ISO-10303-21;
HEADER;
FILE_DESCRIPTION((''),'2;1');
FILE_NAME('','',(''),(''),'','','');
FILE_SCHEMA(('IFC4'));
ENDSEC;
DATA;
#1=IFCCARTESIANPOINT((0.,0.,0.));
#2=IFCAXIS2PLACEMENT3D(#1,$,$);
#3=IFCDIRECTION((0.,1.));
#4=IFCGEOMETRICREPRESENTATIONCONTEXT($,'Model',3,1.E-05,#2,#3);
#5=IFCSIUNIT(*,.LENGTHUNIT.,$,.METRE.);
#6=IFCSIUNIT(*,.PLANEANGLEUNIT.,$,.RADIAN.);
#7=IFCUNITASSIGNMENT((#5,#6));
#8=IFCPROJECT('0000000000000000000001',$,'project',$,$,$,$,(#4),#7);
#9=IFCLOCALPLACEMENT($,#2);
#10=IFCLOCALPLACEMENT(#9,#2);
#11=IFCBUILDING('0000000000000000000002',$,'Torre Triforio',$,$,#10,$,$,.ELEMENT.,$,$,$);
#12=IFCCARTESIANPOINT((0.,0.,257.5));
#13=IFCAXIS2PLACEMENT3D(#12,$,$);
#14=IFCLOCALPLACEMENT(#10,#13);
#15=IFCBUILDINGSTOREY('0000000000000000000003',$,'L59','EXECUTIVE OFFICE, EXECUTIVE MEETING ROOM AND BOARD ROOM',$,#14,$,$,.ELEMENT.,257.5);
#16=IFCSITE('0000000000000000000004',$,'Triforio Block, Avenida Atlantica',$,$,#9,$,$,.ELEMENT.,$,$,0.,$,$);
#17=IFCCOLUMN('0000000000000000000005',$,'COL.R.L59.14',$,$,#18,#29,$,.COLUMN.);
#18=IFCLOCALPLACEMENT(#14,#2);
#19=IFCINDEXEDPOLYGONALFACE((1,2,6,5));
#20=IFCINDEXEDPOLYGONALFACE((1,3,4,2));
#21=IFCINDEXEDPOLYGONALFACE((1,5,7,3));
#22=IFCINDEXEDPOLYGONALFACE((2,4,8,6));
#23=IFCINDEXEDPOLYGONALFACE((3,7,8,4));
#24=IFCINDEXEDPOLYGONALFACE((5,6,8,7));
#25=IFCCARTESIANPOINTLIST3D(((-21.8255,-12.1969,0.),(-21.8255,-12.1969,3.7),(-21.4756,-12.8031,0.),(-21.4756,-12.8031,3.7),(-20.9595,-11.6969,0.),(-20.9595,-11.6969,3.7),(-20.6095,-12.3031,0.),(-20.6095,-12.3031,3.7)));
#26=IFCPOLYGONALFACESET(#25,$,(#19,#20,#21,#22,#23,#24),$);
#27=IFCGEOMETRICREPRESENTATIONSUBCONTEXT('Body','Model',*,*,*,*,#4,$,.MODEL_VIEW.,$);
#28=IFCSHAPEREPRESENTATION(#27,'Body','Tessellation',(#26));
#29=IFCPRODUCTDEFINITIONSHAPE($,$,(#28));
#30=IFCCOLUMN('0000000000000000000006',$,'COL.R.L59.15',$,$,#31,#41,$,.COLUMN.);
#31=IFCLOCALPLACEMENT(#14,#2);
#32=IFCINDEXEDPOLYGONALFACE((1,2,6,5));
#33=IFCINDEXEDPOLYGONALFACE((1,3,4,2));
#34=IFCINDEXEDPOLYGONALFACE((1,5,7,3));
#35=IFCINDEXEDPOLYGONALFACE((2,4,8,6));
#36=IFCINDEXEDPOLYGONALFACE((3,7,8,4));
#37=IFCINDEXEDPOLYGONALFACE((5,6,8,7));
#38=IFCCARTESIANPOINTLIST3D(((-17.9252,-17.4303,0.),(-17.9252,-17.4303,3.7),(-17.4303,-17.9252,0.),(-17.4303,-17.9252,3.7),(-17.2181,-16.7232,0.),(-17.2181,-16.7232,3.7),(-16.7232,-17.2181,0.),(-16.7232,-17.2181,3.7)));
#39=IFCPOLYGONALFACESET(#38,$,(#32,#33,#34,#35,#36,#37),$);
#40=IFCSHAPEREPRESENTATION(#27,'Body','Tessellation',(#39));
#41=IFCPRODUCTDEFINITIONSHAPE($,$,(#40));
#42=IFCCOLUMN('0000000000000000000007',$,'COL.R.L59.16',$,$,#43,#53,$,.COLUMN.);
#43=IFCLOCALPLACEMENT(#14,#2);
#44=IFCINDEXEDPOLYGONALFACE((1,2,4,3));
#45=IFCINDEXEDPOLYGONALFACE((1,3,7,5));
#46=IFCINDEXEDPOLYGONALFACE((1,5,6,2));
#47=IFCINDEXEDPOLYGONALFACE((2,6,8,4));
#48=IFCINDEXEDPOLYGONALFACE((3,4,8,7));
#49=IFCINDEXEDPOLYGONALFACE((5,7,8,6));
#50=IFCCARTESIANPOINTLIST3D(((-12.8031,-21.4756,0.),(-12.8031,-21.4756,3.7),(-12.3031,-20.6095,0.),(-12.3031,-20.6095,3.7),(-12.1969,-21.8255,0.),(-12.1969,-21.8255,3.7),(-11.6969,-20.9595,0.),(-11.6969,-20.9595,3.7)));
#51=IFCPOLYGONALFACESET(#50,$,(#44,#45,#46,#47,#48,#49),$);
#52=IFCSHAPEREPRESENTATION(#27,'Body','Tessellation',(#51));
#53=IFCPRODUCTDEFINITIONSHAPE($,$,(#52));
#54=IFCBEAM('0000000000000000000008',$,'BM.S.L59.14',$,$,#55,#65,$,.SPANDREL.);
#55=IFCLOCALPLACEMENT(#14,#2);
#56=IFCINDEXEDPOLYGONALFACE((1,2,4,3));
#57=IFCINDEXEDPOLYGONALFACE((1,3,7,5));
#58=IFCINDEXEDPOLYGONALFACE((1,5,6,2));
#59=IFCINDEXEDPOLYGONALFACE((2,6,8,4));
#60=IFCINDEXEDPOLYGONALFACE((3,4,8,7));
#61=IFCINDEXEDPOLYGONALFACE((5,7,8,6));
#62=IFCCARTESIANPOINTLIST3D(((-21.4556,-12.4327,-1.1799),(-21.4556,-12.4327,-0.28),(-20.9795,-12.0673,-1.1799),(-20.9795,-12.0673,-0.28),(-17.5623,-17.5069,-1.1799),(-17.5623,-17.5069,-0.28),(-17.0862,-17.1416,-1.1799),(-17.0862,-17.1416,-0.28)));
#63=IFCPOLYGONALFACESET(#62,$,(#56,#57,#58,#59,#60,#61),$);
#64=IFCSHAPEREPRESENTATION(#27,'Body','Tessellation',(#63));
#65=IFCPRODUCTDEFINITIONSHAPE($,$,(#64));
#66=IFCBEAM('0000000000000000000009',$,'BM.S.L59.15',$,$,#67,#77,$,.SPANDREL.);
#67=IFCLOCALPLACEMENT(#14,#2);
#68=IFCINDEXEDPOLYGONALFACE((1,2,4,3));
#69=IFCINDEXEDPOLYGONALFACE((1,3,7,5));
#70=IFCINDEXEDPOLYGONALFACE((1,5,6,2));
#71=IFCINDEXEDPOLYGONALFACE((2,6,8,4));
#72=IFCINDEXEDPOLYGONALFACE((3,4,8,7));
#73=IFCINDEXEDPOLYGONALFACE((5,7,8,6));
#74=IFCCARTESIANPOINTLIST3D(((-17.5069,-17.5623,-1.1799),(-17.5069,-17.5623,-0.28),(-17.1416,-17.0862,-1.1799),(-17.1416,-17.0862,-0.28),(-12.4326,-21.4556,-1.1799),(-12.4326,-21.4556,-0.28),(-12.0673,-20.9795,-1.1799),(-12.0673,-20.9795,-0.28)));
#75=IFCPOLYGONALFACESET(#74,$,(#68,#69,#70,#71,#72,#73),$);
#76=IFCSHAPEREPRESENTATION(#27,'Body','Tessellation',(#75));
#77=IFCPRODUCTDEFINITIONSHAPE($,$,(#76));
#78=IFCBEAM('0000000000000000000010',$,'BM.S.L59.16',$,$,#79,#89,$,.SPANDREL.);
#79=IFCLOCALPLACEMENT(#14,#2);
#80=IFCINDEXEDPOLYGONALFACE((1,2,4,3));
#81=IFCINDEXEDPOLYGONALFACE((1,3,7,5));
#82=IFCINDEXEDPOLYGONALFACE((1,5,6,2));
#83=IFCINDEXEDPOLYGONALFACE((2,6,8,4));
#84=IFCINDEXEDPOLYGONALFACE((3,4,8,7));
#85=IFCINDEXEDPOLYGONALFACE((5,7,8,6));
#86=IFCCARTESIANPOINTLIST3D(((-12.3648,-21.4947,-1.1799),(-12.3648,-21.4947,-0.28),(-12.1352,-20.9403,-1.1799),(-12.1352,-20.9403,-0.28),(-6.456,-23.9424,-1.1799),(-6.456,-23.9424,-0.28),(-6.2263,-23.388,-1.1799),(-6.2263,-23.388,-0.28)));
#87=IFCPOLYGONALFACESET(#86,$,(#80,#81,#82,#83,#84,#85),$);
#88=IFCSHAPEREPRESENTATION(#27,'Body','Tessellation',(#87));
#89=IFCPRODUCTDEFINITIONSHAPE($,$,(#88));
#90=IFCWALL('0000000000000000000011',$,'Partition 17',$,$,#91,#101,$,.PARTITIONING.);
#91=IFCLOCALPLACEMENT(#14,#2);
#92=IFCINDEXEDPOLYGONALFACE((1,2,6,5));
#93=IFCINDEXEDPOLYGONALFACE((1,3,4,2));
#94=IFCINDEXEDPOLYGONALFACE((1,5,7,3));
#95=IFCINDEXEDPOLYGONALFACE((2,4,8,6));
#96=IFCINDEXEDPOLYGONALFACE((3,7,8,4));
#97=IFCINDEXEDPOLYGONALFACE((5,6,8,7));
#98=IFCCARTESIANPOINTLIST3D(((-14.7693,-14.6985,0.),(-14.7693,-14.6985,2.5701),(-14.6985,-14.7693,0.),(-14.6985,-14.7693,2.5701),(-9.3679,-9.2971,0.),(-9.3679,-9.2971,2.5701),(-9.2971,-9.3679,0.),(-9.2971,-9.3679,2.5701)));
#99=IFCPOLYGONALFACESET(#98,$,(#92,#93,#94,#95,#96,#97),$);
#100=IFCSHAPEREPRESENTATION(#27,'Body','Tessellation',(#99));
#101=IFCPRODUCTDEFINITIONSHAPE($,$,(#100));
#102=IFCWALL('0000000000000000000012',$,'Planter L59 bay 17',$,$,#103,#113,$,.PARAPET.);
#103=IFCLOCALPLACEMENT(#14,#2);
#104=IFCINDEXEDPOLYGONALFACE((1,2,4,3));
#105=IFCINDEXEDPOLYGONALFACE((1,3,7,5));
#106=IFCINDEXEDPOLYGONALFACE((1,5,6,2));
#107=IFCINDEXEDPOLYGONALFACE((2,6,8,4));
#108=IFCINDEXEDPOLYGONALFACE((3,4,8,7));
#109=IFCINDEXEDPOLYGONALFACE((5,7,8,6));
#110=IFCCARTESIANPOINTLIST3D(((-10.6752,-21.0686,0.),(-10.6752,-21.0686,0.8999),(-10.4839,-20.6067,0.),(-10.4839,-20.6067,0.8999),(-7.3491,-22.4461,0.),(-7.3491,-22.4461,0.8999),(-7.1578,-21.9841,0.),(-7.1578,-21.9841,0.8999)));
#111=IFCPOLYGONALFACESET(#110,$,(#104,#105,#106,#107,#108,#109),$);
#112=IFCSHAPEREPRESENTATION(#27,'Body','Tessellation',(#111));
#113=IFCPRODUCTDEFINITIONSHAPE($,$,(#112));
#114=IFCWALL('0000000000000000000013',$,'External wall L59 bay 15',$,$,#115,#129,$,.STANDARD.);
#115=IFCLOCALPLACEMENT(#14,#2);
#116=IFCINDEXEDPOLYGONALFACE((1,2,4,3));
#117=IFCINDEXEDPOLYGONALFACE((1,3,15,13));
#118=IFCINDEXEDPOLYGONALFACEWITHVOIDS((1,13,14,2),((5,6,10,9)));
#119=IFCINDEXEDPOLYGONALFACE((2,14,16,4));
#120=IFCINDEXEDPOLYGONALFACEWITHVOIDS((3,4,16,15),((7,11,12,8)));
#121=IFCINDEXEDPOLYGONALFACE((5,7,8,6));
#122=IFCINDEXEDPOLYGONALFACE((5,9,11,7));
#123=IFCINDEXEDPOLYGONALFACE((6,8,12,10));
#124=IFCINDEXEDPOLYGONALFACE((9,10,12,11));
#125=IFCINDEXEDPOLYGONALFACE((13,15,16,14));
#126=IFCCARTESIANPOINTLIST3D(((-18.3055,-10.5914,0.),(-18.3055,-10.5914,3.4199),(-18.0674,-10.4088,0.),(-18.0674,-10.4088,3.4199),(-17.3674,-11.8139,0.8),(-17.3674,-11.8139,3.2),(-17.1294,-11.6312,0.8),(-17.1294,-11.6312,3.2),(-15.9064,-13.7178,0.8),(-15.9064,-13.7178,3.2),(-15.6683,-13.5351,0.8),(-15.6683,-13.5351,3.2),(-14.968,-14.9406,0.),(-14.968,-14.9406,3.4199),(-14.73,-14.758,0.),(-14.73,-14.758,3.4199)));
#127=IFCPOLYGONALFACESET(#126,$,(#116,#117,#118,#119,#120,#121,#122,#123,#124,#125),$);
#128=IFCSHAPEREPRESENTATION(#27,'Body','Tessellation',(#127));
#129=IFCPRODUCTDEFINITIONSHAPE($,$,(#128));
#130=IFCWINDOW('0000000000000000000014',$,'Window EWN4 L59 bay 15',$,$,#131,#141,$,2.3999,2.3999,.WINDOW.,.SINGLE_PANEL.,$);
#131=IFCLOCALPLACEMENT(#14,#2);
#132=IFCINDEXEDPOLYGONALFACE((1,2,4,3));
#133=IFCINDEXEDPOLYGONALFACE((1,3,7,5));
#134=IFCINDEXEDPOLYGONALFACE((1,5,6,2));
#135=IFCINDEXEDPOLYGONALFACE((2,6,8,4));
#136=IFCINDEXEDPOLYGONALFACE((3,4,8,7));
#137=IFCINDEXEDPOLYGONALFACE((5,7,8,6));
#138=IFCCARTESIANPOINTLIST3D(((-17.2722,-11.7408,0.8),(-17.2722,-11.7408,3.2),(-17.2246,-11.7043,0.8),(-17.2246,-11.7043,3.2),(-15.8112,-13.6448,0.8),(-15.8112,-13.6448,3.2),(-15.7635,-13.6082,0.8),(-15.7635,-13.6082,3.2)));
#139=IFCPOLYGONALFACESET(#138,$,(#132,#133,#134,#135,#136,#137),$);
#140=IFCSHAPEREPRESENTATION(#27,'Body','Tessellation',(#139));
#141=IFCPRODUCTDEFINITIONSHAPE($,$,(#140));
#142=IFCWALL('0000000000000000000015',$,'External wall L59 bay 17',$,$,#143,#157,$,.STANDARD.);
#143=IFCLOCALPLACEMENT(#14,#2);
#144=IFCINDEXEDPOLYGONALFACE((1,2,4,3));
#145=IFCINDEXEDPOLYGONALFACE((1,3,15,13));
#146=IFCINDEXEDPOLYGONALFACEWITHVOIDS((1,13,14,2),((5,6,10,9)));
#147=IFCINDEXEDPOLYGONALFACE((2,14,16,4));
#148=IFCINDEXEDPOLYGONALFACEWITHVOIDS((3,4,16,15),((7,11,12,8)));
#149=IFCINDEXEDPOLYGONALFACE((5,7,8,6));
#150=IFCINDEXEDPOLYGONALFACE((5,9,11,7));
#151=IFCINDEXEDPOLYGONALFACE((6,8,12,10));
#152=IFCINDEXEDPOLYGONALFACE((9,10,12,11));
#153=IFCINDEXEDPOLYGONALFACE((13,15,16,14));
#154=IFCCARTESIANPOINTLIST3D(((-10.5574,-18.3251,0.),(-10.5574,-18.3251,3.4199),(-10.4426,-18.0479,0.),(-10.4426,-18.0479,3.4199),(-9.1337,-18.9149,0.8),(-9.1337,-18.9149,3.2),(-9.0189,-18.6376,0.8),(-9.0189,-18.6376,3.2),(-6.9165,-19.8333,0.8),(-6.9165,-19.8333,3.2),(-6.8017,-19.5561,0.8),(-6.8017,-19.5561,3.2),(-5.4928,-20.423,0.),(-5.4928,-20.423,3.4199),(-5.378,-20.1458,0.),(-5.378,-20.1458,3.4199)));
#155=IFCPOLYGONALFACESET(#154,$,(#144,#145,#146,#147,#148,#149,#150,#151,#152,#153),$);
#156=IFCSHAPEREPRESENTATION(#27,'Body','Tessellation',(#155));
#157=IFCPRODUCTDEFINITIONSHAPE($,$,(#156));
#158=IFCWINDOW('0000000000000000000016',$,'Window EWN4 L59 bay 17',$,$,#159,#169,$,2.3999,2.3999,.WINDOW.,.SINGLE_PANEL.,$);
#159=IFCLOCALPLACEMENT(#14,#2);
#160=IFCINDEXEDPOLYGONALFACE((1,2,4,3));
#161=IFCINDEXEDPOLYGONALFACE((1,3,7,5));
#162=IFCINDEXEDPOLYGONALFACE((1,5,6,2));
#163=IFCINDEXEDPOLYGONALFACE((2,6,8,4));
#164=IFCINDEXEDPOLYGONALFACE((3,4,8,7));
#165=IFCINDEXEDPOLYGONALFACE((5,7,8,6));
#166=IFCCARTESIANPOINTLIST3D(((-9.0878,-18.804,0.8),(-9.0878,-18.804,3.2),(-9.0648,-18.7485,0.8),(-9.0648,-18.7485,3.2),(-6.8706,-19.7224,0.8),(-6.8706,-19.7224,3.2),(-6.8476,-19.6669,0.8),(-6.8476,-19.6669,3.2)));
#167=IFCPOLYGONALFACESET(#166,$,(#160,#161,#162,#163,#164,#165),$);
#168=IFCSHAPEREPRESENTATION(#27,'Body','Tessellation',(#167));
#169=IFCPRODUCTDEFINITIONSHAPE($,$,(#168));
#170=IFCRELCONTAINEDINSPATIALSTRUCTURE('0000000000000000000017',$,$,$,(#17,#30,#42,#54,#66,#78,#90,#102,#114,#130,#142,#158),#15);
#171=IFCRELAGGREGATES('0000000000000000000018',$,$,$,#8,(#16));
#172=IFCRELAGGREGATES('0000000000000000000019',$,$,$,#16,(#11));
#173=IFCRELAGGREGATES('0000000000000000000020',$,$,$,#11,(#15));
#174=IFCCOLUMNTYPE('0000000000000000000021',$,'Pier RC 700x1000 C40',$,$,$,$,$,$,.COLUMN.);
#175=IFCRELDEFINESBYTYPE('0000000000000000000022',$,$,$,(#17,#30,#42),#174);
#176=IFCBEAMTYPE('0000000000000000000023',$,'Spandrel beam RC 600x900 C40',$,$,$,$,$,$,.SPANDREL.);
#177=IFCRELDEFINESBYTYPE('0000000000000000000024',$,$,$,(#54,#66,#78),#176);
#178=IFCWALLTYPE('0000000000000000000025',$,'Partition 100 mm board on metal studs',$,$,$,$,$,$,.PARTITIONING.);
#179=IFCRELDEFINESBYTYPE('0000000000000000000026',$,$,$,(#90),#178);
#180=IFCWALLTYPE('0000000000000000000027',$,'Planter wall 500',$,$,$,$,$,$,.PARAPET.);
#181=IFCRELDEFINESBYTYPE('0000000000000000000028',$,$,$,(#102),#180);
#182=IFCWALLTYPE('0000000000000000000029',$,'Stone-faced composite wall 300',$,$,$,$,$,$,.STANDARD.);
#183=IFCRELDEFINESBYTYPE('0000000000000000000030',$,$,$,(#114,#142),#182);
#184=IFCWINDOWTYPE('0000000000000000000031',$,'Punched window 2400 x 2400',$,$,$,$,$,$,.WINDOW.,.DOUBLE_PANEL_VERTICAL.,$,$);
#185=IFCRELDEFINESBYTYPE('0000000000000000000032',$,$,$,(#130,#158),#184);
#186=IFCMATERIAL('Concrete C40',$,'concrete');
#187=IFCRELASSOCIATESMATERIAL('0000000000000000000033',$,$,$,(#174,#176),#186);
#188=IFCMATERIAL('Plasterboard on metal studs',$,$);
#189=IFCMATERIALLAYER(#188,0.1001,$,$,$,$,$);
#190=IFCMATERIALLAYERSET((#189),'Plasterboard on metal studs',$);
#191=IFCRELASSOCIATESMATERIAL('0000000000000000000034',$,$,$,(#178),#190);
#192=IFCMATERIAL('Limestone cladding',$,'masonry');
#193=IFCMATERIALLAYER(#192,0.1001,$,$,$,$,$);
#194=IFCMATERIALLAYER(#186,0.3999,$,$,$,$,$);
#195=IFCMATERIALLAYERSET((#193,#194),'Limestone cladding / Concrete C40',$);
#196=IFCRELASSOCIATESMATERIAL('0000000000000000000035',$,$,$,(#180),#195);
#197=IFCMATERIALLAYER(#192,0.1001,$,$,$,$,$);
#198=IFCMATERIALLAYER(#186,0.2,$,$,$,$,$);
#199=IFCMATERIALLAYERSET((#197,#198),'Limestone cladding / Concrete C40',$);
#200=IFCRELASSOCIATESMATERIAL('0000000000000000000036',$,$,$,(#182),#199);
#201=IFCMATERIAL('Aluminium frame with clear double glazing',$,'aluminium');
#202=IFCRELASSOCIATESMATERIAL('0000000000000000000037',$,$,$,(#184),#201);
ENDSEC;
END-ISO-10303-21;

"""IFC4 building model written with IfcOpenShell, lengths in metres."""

from ifc_helpers import new_model, si_unit, direction, frame, frame_2d, origin, origin_2d, place, context, subcontext, project, spatial, rectangle, extrude, material, layer, layer_set, material_profile, profile_set, type_object, element, fill, save


model = new_model("IFC4")

# Units and contexts
model_context = context("Model", 3, precision=1e-05, world=origin(), true_north=direction((0.0, 1.0)))
body_context = subcontext(model_context, "Body", "Model", "MODEL_VIEW")
ifc_project = project(units=[si_unit("LENGTHUNIT", "METRE"), si_unit("PLANEANGLEUNIT", "RADIAN")], contexts=[model_context])

# Site, building, storey
site_placement = place(None, origin())
site = spatial("IfcSite", under=ifc_project, at=site_placement, Name="Triforio Block, Avenida Atlantica", CompositionType="ELEMENT", RefElevation=0.0)
building_placement = place(site_placement, origin())
building = spatial("IfcBuilding", under=site, at=building_placement, Name="Torre Triforio", CompositionType="ELEMENT")
storey_placement = place(building_placement, frame((0.0, 0.0, 257.5)))
storey = spatial("IfcBuildingStorey", under=building, at=storey_placement, Name="L59", Description="EXECUTIVE OFFICE, EXECUTIVE MEETING ROOM AND BOARD ROOM", CompositionType="ELEMENT", Elevation=257.5)

# Columns
ifc_material_1 = material(Name="Concrete C40", Category="concrete")
ifc_material_profile_1 = material_profile(ifc_material_1, rectangle(XDim=0.7, YDim=1.0, at=origin_2d()), Name="RC 700x1000")
ifc_profile_set_1 = profile_set([ifc_material_profile_1], Name="Concrete C40")
column_type = type_object("IfcColumnType", Name="Pier RC 700x1000 C40", PredefinedType="COLUMN", material=ifc_profile_set_1)
for number, where, z_axis, x_axis, name in (
    (1, (-21.2175, -12.25, 0.0), (0.0, 0.0, 1.0), (0.5, -0.866025, 0.0), "COL.R.L59.14"),
    (2, (-17.3242, -17.3242, 0.0), (0.0, 0.0, 1.0), (0.707107, -0.707107, 0.0), "COL.R.L59.15"),
    (3, (-12.25, -21.2175, 0.0), (0.0, 0.0, 1.0), (0.866025, -0.5, 0.0), "COL.R.L59.16"),
):
    element("IfcColumn", number, at=place(storey_placement, frame(where, z_axis=z_axis, x_axis=x_axis)), inside=storey, type_object=column_type, Name=name, PredefinedType="COLUMN", context=body_context, shape_type="SweptSolid", body=[
        extrude(rectangle(XDim=0.7, YDim=1.0, at=origin_2d()), origin(), (0.0, 0.0, 1.0), 3.7),
    ])

# Beams
ifc_material_profile_2 = material_profile(ifc_material_1, rectangle(XDim=0.6001, YDim=0.8999, at=origin_2d()), Name="RC 600x900")
ifc_profile_set_2 = profile_set([ifc_material_profile_2], Name="Concrete C40")
beam_type = type_object("IfcBeamType", Name="Spandrel beam RC 600x900 C40", PredefinedType="SPANDREL", material=ifc_profile_set_2)
for number, where, z_axis, x_axis, name in (
    (4, (-21.2175, -12.25, -0.73), (0.608734, -0.793374, 0.0), (0.793374, 0.608734, 0.0), "BM.S.L59.14"),
    (5, (-17.3242, -17.3242, -0.73), (0.793374, -0.608734, 0.0), (0.608734, 0.793374, 0.0), "BM.S.L59.15"),
    (6, (-12.25, -21.2175, -0.73), (0.923869, -0.382709, 0.0), (0.382709, 0.923869, 0.0), "BM.S.L59.16"),
):
    element("IfcBeam", number, at=place(storey_placement, frame(where, z_axis=z_axis, x_axis=x_axis)), inside=storey, type_object=beam_type, Name=name, PredefinedType="SPANDREL", context=body_context, shape_type="SweptSolid", body=[
        extrude(rectangle(XDim=0.6001, YDim=0.8999, at=origin_2d()), origin(), (0.0, 0.0, 1.0), 6.3958),
    ])

# Walls
ifc_material_2 = material(Name="Plasterboard on metal studs")
ifc_layer_1 = layer(ifc_material_2, 0.1001)
ifc_layer_set_1 = layer_set([ifc_layer_1], Name="Plasterboard on metal studs")
wall_type_1 = type_object("IfcWallType", Name="Partition 100 mm board on metal studs", PredefinedType="PARTITIONING", material=ifc_layer_set_1)
wall_1_placement = place(storey_placement, frame((-9.3325, -9.3325, 0.0), z_axis=(0.0, 0.0, 1.0), x_axis=(-0.707107, -0.707107, 0.0)))
element("IfcWall", 7, at=wall_1_placement, inside=storey, type_object=wall_type_1, Name="Partition 17", PredefinedType="PARTITIONING", context=body_context, shape_type="SweptSolid", body=[
    extrude(rectangle(XDim=7.6387, YDim=0.1001, at=frame_2d((3.8193, 0.0))), origin(), (0.0, 0.0, 1.0), 2.5701),
])
ifc_material_3 = material(Name="Limestone cladding", Category="masonry")
ifc_layer_2 = layer(ifc_material_3, 0.1001)
ifc_layer_3 = layer(ifc_material_1, 0.3999)
ifc_layer_set_2 = layer_set([ifc_layer_2, ifc_layer_3], Name="Limestone cladding / Concrete C40")
wall_type_2 = type_object("IfcWallType", Name="Planter wall 500", PredefinedType="PARAPET", material=ifc_layer_set_2)
wall_2_placement = place(storey_placement, frame((-10.5796, -20.8376, 0.0), z_axis=(0.0, 0.0, 1.0), x_axis=(0.923909, -0.382611, 0.0)))
element("IfcWall", 8, at=wall_2_placement, inside=storey, type_object=wall_type_2, Name="Planter L59 bay 17", PredefinedType="PARAPET", context=body_context, shape_type="SweptSolid", body=[
    extrude(rectangle(XDim=3.6001, YDim=0.5, at=frame_2d((1.8, 0.0))), origin(), (0.0, 0.0, 1.0), 0.8999),
])

# Wall, opening, window
ifc_layer_4 = layer(ifc_material_3, 0.1001)
ifc_layer_5 = layer(ifc_material_1, 0.2)
ifc_layer_set_3 = layer_set([ifc_layer_4, ifc_layer_5], Name="Limestone cladding / Concrete C40")
wall_type_3 = type_object("IfcWallType", Name="Stone-faced composite wall 300", PredefinedType="STANDARD", material=ifc_layer_set_3)
wall_3_placement = place(storey_placement, frame((-18.1865, -10.5, 0.0), z_axis=(0.0, 0.0, 1.0), x_axis=(0.608785, -0.793335, 0.0)))
wall_3 = element("IfcWall", 9, at=wall_3_placement, inside=storey, type_object=wall_type_3, Name="External wall L59 bay 15", PredefinedType="STANDARD", context=body_context, shape_type="SweptSolid", body=[
    extrude(rectangle(XDim=5.4822, YDim=0.3, at=frame_2d((2.7412, 0.0))), origin(), (0.0, 0.0, 1.0), 3.4199),
])
opening_1_placement = place(wall_3_placement, frame((1.541, 0.0, 0.8)))
opening_1 = element("IfcOpeningElement", 10, at=opening_1_placement, cuts=wall_3, PredefinedType="OPENING", context=body_context, shape_type="SweptSolid", body=[
    extrude(rectangle(XDim=2.3999, YDim=2.3999, at=frame_2d((1.2, 1.2))), frame((0.0, 0.1599, 0.0), z_axis=(0.0, -1.0, 0.0), x_axis=(1.0, 0.0, 0.0)), (0.0, 0.0, 1.0), 0.3201),
])
ifc_material_4 = material(Name="Aluminium frame with clear double glazing", Category="aluminium")
window_type_1 = type_object("IfcWindowType", Name="Punched window 2400 x 2400", PartitioningType="DOUBLE_PANEL_VERTICAL", PredefinedType="WINDOW", material=ifc_material_4)
window_1_placement = place(opening_1_placement, origin())
window_1 = element("IfcWindow", 11, at=window_1_placement, inside=storey, type_object=window_type_1, Name="Window EWN4 L59 bay 15", OverallHeight=2.3999, OverallWidth=2.3999, PartitioningType="SINGLE_PANEL", PredefinedType="WINDOW", context=body_context, shape_type="SweptSolid", body=[
    extrude(rectangle(XDim=2.3999, YDim=2.3999, at=frame_2d((1.2, 1.2))), frame((0.0, 0.03, 0.0), z_axis=(0.0, -1.0, 0.0), x_axis=(1.0, 0.0, 0.0)), (0.0, 0.0, 1.0), 0.0601),
])
fill(opening_1, window_1)

# Wall, opening, window
wall_4_placement = place(storey_placement, frame((-10.5, -18.1865, 0.0), z_axis=(0.0, 0.0, 1.0), x_axis=(0.923877, -0.382689, 0.0)))
wall_4 = element("IfcWall", 12, at=wall_4_placement, inside=storey, type_object=wall_type_3, Name="External wall L59 bay 17", PredefinedType="STANDARD", context=body_context, shape_type="SweptSolid", body=[
    extrude(rectangle(XDim=5.4819, YDim=0.3, at=frame_2d((2.741, 0.0))), origin(), (0.0, 0.0, 1.0), 3.4199),
])
opening_2_placement = place(wall_4_placement, frame((1.541, 0.0, 0.8)))
opening_2 = element("IfcOpeningElement", 13, at=opening_2_placement, cuts=wall_4, PredefinedType="OPENING", context=body_context, shape_type="SweptSolid", body=[
    extrude(rectangle(XDim=2.3999, YDim=2.3999, at=frame_2d((1.2, 1.2))), frame((0.0, 0.1599, 0.0), z_axis=(0.0, -1.0, 0.0), x_axis=(1.0, 0.0, 0.0)), (0.0, 0.0, 1.0), 0.3201),
])
window_2_placement = place(opening_2_placement, origin())
window_2 = element("IfcWindow", 14, at=window_2_placement, inside=storey, type_object=window_type_1, Name="Window EWN4 L59 bay 17", OverallHeight=2.3999, OverallWidth=2.3999, PartitioningType="SINGLE_PANEL", PredefinedType="WINDOW", context=body_context, shape_type="SweptSolid", body=[
    extrude(rectangle(XDim=2.3999, YDim=2.3999, at=frame_2d((1.2, 1.2))), frame((0.0, 0.03, 0.0), z_axis=(0.0, -1.0, 0.0), x_axis=(1.0, 0.0, 0.0)), (0.0, 0.0, 1.0), 0.0601),
])
fill(opening_2, window_2)

save(model, "model.ifc")
